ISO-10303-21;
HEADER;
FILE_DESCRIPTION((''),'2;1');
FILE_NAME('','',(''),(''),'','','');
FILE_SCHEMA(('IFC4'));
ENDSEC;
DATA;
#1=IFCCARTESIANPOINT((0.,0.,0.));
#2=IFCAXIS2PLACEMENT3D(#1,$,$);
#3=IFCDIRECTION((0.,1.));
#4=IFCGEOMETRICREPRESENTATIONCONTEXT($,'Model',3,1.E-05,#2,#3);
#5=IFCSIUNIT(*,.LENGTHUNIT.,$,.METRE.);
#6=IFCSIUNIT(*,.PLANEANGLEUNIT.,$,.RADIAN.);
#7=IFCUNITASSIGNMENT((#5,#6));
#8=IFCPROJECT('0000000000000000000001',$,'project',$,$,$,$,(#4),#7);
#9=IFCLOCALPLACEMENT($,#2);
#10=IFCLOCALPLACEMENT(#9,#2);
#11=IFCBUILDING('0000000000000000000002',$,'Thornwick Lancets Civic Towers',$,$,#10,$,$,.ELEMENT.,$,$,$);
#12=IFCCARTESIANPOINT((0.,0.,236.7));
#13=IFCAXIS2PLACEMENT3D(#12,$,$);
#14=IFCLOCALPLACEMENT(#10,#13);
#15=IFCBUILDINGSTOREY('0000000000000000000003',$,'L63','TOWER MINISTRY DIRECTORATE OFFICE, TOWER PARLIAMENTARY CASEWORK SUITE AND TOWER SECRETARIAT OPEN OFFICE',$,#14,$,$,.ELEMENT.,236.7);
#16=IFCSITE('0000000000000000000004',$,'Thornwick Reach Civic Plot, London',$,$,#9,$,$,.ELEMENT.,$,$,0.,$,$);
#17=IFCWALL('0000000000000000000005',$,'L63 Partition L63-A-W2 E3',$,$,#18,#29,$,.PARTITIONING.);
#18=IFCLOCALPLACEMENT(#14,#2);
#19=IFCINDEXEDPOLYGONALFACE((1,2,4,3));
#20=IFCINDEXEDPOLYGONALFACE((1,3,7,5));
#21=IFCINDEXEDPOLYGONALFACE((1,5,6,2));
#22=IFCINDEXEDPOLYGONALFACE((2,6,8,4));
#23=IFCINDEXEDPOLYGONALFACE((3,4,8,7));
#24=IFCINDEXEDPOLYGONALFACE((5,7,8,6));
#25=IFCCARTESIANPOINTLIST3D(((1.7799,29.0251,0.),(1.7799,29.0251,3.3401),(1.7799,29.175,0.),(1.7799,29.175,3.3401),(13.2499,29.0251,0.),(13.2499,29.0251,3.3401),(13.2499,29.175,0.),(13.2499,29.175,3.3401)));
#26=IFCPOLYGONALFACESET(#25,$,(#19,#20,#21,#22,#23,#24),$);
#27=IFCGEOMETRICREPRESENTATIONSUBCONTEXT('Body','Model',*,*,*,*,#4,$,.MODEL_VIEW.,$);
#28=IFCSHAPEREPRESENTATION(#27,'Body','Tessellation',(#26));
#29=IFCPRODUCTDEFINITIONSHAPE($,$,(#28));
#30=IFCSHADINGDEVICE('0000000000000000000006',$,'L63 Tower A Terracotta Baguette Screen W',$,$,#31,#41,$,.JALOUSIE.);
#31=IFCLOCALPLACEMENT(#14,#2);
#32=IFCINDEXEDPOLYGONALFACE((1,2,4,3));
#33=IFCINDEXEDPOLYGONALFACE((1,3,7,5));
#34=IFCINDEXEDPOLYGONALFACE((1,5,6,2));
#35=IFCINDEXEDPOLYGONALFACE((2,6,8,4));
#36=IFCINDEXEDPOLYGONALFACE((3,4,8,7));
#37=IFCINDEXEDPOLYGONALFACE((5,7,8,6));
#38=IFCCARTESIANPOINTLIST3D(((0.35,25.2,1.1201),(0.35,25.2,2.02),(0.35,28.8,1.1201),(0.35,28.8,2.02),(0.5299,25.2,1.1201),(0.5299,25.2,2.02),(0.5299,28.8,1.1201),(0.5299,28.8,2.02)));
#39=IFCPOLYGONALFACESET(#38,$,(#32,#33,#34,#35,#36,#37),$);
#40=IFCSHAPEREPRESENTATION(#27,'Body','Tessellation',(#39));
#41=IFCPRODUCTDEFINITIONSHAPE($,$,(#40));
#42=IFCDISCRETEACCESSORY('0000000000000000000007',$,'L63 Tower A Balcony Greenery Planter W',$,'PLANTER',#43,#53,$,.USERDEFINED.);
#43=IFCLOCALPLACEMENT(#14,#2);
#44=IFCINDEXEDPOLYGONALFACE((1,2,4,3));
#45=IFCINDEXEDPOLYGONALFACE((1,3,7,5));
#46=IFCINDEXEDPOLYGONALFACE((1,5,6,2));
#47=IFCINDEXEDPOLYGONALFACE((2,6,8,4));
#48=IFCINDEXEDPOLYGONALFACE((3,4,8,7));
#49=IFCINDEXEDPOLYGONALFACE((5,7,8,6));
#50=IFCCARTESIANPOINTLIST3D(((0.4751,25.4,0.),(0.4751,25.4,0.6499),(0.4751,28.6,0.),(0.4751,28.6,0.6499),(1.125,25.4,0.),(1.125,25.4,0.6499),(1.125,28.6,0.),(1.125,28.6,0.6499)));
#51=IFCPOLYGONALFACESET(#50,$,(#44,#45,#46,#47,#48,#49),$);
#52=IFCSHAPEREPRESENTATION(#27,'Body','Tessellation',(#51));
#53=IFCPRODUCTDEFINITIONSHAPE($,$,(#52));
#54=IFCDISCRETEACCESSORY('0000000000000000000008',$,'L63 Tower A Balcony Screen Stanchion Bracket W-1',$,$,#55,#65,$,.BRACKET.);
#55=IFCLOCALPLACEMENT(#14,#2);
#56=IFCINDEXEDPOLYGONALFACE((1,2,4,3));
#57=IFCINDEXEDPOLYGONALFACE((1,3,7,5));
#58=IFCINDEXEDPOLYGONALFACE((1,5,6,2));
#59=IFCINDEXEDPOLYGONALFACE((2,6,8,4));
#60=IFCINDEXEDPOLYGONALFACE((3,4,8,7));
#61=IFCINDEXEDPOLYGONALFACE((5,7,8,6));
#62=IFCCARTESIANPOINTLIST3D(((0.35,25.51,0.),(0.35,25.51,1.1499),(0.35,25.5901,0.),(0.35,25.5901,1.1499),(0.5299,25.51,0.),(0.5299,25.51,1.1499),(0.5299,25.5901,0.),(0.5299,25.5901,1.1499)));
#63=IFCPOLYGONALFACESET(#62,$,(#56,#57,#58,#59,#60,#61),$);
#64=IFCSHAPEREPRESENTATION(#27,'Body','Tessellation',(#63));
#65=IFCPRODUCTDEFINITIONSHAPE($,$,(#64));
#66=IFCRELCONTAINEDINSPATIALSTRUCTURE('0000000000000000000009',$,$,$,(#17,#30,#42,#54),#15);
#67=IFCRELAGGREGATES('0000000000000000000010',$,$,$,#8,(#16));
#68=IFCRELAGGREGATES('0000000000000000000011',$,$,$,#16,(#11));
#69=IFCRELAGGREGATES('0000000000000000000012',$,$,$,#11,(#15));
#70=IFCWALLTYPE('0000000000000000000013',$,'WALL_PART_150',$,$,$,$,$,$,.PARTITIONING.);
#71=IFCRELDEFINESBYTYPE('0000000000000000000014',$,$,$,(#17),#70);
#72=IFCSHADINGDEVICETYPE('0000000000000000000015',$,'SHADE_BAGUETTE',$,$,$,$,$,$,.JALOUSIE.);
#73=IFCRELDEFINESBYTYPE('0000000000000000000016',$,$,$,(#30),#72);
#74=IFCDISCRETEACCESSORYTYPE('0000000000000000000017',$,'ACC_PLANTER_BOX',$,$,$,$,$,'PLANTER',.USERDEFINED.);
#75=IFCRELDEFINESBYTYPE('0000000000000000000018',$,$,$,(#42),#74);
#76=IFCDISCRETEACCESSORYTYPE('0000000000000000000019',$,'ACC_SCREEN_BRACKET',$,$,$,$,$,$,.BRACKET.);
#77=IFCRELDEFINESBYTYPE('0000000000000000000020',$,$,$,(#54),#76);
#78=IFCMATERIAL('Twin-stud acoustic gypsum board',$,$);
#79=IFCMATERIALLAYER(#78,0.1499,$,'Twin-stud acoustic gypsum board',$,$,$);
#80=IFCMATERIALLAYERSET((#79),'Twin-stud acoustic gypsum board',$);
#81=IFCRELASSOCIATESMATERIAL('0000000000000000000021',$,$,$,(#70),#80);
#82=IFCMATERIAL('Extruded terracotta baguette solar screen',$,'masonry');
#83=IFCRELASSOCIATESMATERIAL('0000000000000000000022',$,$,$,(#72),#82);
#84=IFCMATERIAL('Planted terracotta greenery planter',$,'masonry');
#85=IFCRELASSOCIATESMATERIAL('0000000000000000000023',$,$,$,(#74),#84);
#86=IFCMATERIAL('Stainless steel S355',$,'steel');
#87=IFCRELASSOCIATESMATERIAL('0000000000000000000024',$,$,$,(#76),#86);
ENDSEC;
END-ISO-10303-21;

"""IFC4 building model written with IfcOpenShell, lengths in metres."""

from ifc_helpers import new_model, si_unit, direction, frame, frame_2d, origin, origin_2d, place, context, subcontext, project, spatial, rectangle, extrude, material, layer, layer_set, type_object, element, save


model = new_model("IFC4")

# Units and contexts
model_context = context("Model", 3, precision=1e-05, world=origin(), true_north=direction((0.0, 1.0)))
body_context = subcontext(model_context, "Body", "Model", "MODEL_VIEW")
ifc_project = project(units=[si_unit("LENGTHUNIT", "METRE"), si_unit("PLANEANGLEUNIT", "RADIAN")], contexts=[model_context])

# Site, building, storey
site_placement = place(None, origin())
site = spatial("IfcSite", under=ifc_project, at=site_placement, Name="Thornwick Reach Civic Plot, London", CompositionType="ELEMENT", RefElevation=0.0)
building_placement = place(site_placement, origin())
building = spatial("IfcBuilding", under=site, at=building_placement, Name="Thornwick Lancets Civic Towers", CompositionType="ELEMENT")
storey_placement = place(building_placement, frame((0.0, 0.0, 236.7)))
storey = spatial("IfcBuildingStorey", under=building, at=storey_placement, Name="L63", Description="TOWER MINISTRY DIRECTORATE OFFICE, TOWER PARLIAMENTARY CASEWORK SUITE AND TOWER SECRETARIAT OPEN OFFICE", CompositionType="ELEMENT", Elevation=236.7)

# Wall
ifc_material_1 = material(Name="Twin-stud acoustic gypsum board")
ifc_layer_1 = layer(ifc_material_1, 0.1499, Name="Twin-stud acoustic gypsum board")
ifc_layer_set_1 = layer_set([ifc_layer_1], Name="Twin-stud acoustic gypsum board")
wall_type_1 = type_object("IfcWallType", Name="WALL_PART_150", PredefinedType="PARTITIONING", material=ifc_layer_set_1)
wall_1_placement = place(storey_placement, frame((1.78, 29.1001, 0.0), z_axis=(0.0, 0.0, 1.0), x_axis=(1.0, 0.0, 0.0)))
element("IfcWall", 1, at=wall_1_placement, inside=storey, type_object=wall_type_1, Name="L63 Partition L63-A-W2 E3", PredefinedType="PARTITIONING", context=body_context, shape_type="SweptSolid", body=[
    extrude(rectangle(XDim=11.47, YDim=0.1499, at=frame_2d((5.7349, 0.0))), origin(), (0.0, 0.0, 1.0), 3.3401),
])

# Shading device
ifc_material_2 = material(Name="Extruded terracotta baguette solar screen", Category="masonry")
shading_device_type = type_object("IfcShadingDeviceType", Name="SHADE_BAGUETTE", PredefinedType="JALOUSIE", material=ifc_material_2)
shading_device_placement = place(storey_placement, frame((0.4399, 27.0, 1.1201), z_axis=(0.0, 0.0, 1.0), x_axis=(0.0, 1.0, 0.0)))
element("IfcShadingDevice", 2, at=shading_device_placement, inside=storey, type_object=shading_device_type, Name="L63 Tower A Terracotta Baguette Screen W", PredefinedType="JALOUSIE", context=body_context, shape_type="SweptSolid", body=[
    extrude(rectangle(XDim=3.6001, YDim=0.1799, at=origin_2d()), origin(), (0.0, 0.0, 1.0), 0.8999),
])

# Discrete accessories
ifc_material_3 = material(Name="Planted terracotta greenery planter", Category="masonry")
discrete_accessory_type_1 = type_object("IfcDiscreteAccessoryType", Name="ACC_PLANTER_BOX", ElementType="PLANTER", PredefinedType="USERDEFINED", material=ifc_material_3)
discrete_accessory_1_placement = place(storey_placement, frame((0.8, 27.0, 0.0), z_axis=(0.0, 0.0, 1.0), x_axis=(1.0, 0.0, 0.0)))
element("IfcDiscreteAccessory", 3, at=discrete_accessory_1_placement, inside=storey, type_object=discrete_accessory_type_1, Name="L63 Tower A Balcony Greenery Planter W", ObjectType="PLANTER", PredefinedType="USERDEFINED", context=body_context, shape_type="SweptSolid", body=[
    extrude(rectangle(XDim=0.6499, YDim=3.2, at=origin_2d()), origin(), (0.0, 0.0, 1.0), 0.6499),
])
ifc_material_4 = material(Name="Stainless steel S355", Category="steel")
discrete_accessory_type_2 = type_object("IfcDiscreteAccessoryType", Name="ACC_SCREEN_BRACKET", PredefinedType="BRACKET", material=ifc_material_4)
discrete_accessory_2_placement = place(storey_placement, frame((0.4399, 25.55, 0.0), z_axis=(0.0, 0.0, 1.0), x_axis=(0.0, 1.0, 0.0)))
element("IfcDiscreteAccessory", 4, at=discrete_accessory_2_placement, inside=storey, type_object=discrete_accessory_type_2, Name="L63 Tower A Balcony Screen Stanchion Bracket W-1", PredefinedType="BRACKET", context=body_context, shape_type="SweptSolid", body=[
    extrude(rectangle(XDim=0.0801, YDim=0.1799, at=origin_2d()), origin(), (0.0, 0.0, 1.0), 1.1499),
])

save(model, "model.ifc")
